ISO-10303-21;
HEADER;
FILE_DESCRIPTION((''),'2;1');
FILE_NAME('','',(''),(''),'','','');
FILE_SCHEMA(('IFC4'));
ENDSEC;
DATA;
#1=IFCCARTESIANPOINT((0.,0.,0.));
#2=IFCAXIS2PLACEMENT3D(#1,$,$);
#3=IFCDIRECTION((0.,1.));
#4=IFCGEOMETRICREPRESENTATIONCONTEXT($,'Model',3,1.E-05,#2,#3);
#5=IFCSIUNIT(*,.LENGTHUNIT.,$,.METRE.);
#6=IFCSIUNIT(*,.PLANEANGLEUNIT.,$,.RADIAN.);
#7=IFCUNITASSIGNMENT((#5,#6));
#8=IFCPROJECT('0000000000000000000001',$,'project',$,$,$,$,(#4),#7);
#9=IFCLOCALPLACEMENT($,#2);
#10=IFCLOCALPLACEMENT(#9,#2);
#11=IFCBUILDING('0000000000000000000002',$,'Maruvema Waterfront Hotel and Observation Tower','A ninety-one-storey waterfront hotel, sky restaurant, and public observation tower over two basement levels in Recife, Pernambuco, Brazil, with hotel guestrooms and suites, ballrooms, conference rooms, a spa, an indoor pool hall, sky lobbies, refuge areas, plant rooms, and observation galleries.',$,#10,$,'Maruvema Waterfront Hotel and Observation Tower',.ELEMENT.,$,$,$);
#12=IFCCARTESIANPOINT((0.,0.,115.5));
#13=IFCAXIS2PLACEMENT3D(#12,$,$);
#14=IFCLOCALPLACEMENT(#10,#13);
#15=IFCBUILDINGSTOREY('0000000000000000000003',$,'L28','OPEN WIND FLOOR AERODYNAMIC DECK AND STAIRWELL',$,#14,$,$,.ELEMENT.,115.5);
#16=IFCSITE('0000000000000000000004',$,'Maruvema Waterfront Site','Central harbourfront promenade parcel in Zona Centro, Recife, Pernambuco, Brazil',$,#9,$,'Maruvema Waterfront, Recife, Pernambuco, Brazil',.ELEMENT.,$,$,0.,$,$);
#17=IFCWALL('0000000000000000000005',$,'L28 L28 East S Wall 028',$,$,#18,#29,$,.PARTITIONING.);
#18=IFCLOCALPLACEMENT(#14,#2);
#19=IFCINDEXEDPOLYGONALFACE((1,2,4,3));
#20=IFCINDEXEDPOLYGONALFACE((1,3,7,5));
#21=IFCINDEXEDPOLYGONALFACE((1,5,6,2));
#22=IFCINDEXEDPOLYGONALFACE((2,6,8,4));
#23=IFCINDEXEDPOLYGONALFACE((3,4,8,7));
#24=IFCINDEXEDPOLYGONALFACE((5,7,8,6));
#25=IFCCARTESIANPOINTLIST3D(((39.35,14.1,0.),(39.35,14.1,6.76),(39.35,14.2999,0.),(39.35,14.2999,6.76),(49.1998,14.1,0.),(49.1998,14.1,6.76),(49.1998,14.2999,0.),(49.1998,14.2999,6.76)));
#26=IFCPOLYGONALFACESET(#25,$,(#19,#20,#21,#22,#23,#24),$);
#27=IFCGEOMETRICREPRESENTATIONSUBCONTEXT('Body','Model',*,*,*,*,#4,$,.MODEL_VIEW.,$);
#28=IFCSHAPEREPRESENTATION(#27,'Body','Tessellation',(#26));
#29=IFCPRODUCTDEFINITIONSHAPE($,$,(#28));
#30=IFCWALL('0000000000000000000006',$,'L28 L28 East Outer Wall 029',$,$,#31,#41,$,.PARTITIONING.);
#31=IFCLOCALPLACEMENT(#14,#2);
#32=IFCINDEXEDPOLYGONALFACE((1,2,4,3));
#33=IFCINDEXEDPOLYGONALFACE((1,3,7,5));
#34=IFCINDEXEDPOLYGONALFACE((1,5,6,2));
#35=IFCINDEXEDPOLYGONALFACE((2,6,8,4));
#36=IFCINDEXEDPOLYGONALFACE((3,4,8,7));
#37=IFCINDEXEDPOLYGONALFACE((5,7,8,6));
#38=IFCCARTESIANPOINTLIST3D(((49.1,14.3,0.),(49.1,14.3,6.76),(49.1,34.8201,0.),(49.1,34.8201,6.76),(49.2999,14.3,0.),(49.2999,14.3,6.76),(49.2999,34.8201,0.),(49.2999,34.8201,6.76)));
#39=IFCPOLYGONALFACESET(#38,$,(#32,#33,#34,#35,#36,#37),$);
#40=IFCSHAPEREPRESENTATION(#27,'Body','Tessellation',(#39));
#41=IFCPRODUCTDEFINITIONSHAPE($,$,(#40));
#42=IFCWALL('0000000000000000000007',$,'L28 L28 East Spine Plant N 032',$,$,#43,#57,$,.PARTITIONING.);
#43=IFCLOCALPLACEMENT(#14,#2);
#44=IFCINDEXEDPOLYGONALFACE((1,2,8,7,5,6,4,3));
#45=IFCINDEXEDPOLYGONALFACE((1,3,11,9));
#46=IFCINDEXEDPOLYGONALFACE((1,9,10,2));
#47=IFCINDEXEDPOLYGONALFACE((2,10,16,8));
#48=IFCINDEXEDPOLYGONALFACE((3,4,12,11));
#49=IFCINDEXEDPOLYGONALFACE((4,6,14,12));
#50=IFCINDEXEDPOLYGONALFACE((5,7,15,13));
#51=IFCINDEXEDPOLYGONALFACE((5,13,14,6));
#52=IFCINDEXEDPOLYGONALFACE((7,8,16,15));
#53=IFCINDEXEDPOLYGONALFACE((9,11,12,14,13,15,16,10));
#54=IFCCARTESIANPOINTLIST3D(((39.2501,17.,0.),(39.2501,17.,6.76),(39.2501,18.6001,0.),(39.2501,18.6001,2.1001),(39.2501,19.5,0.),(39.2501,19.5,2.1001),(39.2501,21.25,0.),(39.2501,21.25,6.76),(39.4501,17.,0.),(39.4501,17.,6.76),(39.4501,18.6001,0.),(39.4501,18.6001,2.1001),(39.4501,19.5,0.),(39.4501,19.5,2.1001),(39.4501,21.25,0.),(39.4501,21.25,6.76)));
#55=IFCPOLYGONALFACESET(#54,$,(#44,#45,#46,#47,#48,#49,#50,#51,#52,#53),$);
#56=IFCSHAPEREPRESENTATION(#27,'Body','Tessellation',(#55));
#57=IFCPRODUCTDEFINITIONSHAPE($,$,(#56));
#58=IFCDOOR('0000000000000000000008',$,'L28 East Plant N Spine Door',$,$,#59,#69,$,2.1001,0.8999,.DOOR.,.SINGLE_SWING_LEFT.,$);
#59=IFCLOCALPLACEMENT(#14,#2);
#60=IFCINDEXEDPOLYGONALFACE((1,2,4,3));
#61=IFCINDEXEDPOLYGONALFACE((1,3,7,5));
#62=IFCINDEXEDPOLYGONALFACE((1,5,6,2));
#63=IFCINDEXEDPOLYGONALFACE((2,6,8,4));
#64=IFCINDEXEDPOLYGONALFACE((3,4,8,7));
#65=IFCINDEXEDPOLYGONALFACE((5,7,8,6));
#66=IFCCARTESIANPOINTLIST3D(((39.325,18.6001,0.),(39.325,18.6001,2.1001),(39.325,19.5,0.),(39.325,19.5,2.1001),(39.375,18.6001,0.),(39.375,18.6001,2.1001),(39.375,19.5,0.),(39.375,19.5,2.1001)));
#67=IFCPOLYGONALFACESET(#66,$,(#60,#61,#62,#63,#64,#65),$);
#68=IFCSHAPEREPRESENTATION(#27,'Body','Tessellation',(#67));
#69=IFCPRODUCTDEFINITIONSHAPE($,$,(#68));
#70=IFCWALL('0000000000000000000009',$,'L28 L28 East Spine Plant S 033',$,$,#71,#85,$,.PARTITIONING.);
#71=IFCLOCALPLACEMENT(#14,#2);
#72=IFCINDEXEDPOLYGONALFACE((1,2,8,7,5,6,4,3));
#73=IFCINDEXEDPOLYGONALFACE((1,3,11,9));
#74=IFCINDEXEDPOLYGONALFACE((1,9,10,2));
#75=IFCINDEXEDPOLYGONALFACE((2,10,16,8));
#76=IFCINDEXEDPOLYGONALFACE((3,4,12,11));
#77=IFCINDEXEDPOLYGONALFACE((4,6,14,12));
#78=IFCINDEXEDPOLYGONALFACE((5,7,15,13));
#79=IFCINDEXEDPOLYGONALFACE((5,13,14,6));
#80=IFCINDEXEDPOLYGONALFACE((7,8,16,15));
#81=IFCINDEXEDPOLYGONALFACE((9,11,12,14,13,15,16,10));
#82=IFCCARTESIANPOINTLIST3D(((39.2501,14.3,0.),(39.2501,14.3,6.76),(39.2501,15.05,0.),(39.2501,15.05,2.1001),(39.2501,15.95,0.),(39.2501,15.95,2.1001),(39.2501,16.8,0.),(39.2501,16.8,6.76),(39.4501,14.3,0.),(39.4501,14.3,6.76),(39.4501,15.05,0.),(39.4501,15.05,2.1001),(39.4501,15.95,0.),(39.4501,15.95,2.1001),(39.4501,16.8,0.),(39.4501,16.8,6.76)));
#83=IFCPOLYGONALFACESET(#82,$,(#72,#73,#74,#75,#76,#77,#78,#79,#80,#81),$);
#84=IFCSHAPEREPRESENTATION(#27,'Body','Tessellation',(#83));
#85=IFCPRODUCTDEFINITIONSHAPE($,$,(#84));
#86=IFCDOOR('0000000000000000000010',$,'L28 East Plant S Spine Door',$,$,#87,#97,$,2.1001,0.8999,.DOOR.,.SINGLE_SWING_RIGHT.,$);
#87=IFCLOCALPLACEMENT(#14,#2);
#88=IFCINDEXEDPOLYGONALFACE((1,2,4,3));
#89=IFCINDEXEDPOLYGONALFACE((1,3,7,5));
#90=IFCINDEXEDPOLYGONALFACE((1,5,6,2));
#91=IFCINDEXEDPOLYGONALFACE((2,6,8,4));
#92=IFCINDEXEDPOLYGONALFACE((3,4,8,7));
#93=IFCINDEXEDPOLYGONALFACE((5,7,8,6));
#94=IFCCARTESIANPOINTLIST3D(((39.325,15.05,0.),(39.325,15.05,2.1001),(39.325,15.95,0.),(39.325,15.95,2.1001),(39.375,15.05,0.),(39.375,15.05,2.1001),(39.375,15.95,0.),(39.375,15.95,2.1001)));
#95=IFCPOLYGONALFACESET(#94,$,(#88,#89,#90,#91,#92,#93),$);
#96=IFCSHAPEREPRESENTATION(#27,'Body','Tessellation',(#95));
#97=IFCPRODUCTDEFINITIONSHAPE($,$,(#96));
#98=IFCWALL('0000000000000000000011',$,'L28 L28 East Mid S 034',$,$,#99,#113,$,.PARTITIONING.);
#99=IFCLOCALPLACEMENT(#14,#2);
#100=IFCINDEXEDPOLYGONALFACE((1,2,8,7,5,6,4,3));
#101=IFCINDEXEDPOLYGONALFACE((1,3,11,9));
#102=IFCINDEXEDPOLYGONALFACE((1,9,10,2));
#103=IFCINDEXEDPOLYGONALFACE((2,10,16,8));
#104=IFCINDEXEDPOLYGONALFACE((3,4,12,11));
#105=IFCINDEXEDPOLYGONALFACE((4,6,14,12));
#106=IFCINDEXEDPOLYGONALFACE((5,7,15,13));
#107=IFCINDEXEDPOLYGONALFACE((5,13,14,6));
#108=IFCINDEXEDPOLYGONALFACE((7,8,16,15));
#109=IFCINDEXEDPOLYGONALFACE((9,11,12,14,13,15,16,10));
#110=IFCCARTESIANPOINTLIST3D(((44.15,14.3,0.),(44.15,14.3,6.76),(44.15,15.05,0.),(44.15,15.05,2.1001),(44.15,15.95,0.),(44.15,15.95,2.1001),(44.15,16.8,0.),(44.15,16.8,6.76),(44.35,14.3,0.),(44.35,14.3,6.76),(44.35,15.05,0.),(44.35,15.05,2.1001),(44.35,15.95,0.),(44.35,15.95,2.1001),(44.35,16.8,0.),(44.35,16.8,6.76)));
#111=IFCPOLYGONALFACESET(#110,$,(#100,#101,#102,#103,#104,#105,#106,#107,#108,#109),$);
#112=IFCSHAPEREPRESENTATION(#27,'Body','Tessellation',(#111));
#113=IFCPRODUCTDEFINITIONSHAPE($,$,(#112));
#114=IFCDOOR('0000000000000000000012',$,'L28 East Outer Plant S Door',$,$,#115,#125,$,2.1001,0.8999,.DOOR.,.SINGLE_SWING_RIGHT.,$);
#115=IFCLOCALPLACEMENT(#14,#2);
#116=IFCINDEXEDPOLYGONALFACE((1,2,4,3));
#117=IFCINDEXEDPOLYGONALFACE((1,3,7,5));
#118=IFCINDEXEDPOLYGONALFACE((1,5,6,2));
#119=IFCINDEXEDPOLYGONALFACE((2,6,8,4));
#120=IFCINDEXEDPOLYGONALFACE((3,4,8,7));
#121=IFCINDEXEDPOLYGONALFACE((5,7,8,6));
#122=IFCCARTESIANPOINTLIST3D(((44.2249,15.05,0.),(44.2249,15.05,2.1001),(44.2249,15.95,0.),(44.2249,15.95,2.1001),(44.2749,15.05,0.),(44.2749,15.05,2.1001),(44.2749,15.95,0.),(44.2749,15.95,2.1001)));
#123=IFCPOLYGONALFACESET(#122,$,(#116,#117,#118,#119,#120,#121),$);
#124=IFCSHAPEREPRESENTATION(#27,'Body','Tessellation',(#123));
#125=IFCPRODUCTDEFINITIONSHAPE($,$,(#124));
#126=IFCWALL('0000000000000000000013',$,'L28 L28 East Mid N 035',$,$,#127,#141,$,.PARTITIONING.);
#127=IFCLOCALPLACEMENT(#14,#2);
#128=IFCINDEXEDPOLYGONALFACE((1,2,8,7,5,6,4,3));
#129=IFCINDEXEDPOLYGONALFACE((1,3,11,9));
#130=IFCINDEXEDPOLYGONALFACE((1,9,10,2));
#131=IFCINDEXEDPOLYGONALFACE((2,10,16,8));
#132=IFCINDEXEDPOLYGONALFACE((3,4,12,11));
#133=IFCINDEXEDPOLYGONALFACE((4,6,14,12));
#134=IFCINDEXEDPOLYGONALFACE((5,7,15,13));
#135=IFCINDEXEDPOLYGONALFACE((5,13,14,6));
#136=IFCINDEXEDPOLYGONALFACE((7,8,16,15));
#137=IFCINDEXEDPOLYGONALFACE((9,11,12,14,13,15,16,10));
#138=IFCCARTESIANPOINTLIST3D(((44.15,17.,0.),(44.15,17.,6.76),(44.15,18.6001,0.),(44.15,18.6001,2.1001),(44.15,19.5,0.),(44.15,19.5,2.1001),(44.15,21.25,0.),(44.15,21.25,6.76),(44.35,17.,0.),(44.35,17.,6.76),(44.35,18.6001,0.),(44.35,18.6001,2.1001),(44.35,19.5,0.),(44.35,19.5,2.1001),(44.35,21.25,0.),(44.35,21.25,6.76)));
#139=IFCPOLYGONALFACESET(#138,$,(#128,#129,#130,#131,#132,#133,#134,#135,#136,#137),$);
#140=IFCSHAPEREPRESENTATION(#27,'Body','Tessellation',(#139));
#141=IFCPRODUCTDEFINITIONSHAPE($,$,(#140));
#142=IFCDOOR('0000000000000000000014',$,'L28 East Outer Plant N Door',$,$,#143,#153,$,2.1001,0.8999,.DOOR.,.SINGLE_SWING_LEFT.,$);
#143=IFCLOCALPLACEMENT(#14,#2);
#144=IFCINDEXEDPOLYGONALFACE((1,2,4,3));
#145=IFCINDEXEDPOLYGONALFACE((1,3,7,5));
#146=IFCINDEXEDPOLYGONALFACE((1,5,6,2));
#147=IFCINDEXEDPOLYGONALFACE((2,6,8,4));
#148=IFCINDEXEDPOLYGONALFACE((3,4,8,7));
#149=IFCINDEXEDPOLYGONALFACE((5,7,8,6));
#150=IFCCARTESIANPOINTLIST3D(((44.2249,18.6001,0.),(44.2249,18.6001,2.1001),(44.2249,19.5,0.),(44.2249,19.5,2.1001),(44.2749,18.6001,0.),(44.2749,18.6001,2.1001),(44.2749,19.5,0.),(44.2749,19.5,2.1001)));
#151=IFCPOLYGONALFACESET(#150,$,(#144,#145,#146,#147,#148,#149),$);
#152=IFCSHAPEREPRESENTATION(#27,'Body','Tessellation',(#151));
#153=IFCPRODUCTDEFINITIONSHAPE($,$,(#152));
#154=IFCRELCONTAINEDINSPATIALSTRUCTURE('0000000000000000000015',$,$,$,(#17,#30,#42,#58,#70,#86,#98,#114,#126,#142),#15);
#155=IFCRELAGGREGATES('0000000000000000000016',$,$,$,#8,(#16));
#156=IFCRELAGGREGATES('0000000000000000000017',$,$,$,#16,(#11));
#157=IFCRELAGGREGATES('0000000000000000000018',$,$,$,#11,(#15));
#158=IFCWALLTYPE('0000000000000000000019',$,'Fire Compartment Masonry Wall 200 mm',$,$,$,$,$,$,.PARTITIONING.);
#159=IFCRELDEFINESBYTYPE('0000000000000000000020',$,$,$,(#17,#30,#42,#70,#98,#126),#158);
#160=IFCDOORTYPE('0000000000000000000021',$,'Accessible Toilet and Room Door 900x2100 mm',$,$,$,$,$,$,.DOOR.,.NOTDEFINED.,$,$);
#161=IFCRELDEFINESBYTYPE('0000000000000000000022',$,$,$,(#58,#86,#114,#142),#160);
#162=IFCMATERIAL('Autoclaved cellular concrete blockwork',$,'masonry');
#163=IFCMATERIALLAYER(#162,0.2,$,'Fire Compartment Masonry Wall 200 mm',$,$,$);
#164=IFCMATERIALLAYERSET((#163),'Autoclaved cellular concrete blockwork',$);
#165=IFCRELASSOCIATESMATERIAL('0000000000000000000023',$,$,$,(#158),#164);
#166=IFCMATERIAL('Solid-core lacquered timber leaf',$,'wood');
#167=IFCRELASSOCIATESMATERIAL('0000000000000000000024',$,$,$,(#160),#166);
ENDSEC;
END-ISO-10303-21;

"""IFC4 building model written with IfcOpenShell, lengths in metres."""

from ifc_helpers import new_model, si_unit, direction, frame, frame_2d, origin, place, context, subcontext, project, spatial, rectangle, extrude, material, layer, layer_set, type_object, element, fill, save


model = new_model("IFC4")

# Units and contexts
model_context = context("Model", 3, precision=1e-05, world=origin(), true_north=direction((0.0, 1.0)))
body_context = subcontext(model_context, "Body", "Model", "MODEL_VIEW")
ifc_project = project(units=[si_unit("LENGTHUNIT", "METRE"), si_unit("PLANEANGLEUNIT", "RADIAN")], contexts=[model_context])

# Site, building, storey
site_placement = place(None, origin())
site = spatial("IfcSite", under=ifc_project, at=site_placement, Name="Maruvema Waterfront Site", Description="Central harbourfront promenade parcel in Zona Centro, Recife, Pernambuco, Brazil", LongName="Maruvema Waterfront, Recife, Pernambuco, Brazil", CompositionType="ELEMENT", RefElevation=0.0)
building_placement = place(site_placement, origin())
building = spatial("IfcBuilding", under=site, at=building_placement, Name="Maruvema Waterfront Hotel and Observation Tower", Description="A ninety-one-storey waterfront hotel, sky restaurant, and public observation tower over two basement levels in Recife, Pernambuco, Brazil, with hotel guestrooms and suites, ballrooms, conference rooms, a spa, an indoor pool hall, sky lobbies, refuge areas, plant rooms, and observation galleries.", LongName="Maruvema Waterfront Hotel and Observation Tower", CompositionType="ELEMENT")
storey_placement = place(building_placement, frame((0.0, 0.0, 115.5)))
storey = spatial("IfcBuildingStorey", under=building, at=storey_placement, Name="L28", Description="OPEN WIND FLOOR AERODYNAMIC DECK AND STAIRWELL", CompositionType="ELEMENT", Elevation=115.5)

# Shared definitions
ifc_material_1 = material(Name="Autoclaved cellular concrete blockwork", Category="masonry")
ifc_layer = layer(ifc_material_1, 0.2, Name="Fire Compartment Masonry Wall 200 mm")
ifc_layer_set = layer_set([ifc_layer], Name="Autoclaved cellular concrete blockwork")
wall_type = type_object("IfcWallType", Name="Fire Compartment Masonry Wall 200 mm", PredefinedType="PARTITIONING", material=ifc_layer_set)
ifc_material_2 = material(Name="Solid-core lacquered timber leaf", Category="wood")
door_type_1 = type_object("IfcDoorType", Name="Accessible Toilet and Room Door 900x2100 mm", OperationType="NOTDEFINED", PredefinedType="DOOR", material=ifc_material_2)

# Walls
wall_1_placement = place(storey_placement, frame((39.3501, 14.2, 0.0), z_axis=(0.0, 0.0, 1.0), x_axis=(1.0, 0.0, 0.0)))
element("IfcWall", 1, at=wall_1_placement, inside=storey, type_object=wall_type, Name="L28 L28 East S Wall 028", PredefinedType="PARTITIONING", context=body_context, shape_type="SweptSolid", body=[
    extrude(rectangle(XDim=9.8499, YDim=0.2, at=frame_2d((4.9248, 0.0))), origin(), (0.0, 0.0, 1.0), 6.76),
])
wall_2_placement = place(storey_placement, frame((49.2, 14.3, 0.0), z_axis=(0.0, 0.0, 1.0), x_axis=(0.0, 1.0, 0.0)))
element("IfcWall", 2, at=wall_2_placement, inside=storey, type_object=wall_type, Name="L28 L28 East Outer Wall 029", PredefinedType="PARTITIONING", context=body_context, shape_type="SweptSolid", body=[
    extrude(rectangle(XDim=20.52, YDim=0.2, at=frame_2d((10.26, 0.0))), origin(), (0.0, 0.0, 1.0), 6.76),
])

# Walls, openings, doors
wall_3_placement = place(storey_placement, frame((39.3501, 17.0, 0.0), z_axis=(0.0, 0.0, 1.0), x_axis=(0.0, 1.0, 0.0)))
wall_3 = element("IfcWall", 3, at=wall_3_placement, inside=storey, type_object=wall_type, Name="L28 L28 East Spine Plant N 032", PredefinedType="PARTITIONING", context=body_context, shape_type="SweptSolid", body=[
    extrude(rectangle(XDim=4.25, YDim=0.2, at=frame_2d((2.125, 0.0))), origin(), (0.0, 0.0, 1.0), 6.76),
])
opening_1_placement = place(wall_3_placement, frame((1.6001, 0.0, 0.0)))
opening_1 = element("IfcOpeningElement", 4, at=opening_1_placement, cuts=wall_3, PredefinedType="OPENING", context=body_context, shape_type="SweptSolid", body=[
    extrude(rectangle(XDim=0.8999, YDim=2.1001, at=frame_2d((0.45, 1.05))), frame((0.0, 0.1099, 0.0), z_axis=(0.0, -1.0, 0.0), x_axis=(1.0, 0.0, 0.0)), (0.0, 0.0, 1.0), 0.22),
])
door_1_placement = place(opening_1_placement, frame((0.8999, 0.0, 0.0), z_axis=(0.0, 0.0, 1.0), x_axis=(-1.0, 0.0, 0.0)))
door_1 = element("IfcDoor", 5, at=door_1_placement, inside=storey, type_object=door_type_1, Name="L28 East Plant N Spine Door", OperationType="SINGLE_SWING_LEFT", OverallHeight=2.1001, OverallWidth=0.8999, PredefinedType="DOOR", context=body_context, shape_type="SweptSolid", body=[
    extrude(rectangle(XDim=0.8999, YDim=2.1001, at=frame_2d((0.45, 1.05))), frame((0.0, 0.0249, 0.0), z_axis=(0.0, -1.0, 0.0), x_axis=(1.0, 0.0, 0.0)), (0.0, 0.0, 1.0), 0.05),
])
fill(opening_1, door_1)
wall_4_placement = place(storey_placement, frame((39.3501, 14.3, 0.0), z_axis=(0.0, 0.0, 1.0), x_axis=(0.0, 1.0, 0.0)))
wall_4 = element("IfcWall", 6, at=wall_4_placement, inside=storey, type_object=wall_type, Name="L28 L28 East Spine Plant S 033", PredefinedType="PARTITIONING", context=body_context, shape_type="SweptSolid", body=[
    extrude(rectangle(XDim=2.5, YDim=0.2, at=frame_2d((1.25, 0.0))), origin(), (0.0, 0.0, 1.0), 6.76),
])
opening_2_placement = place(wall_4_placement, frame((0.75, 0.0, 0.0)))
opening_2 = element("IfcOpeningElement", 7, at=opening_2_placement, cuts=wall_4, PredefinedType="OPENING", context=body_context, shape_type="SweptSolid", body=[
    extrude(rectangle(XDim=0.8999, YDim=2.1001, at=frame_2d((0.45, 1.05))), frame((0.0, 0.1099, 0.0), z_axis=(0.0, -1.0, 0.0), x_axis=(1.0, 0.0, 0.0)), (0.0, 0.0, 1.0), 0.22),
])
door_2_placement = place(opening_2_placement, frame((0.8999, 0.0, 0.0), z_axis=(0.0, 0.0, 1.0), x_axis=(-1.0, 0.0, 0.0)))
door_2 = element("IfcDoor", 8, at=door_2_placement, inside=storey, type_object=door_type_1, Name="L28 East Plant S Spine Door", OperationType="SINGLE_SWING_RIGHT", OverallHeight=2.1001, OverallWidth=0.8999, PredefinedType="DOOR", context=body_context, shape_type="SweptSolid", body=[
    extrude(rectangle(XDim=0.8999, YDim=2.1001, at=frame_2d((0.45, 1.05))), frame((0.0, 0.0249, 0.0), z_axis=(0.0, -1.0, 0.0), x_axis=(1.0, 0.0, 0.0)), (0.0, 0.0, 1.0), 0.05),
])
fill(opening_2, door_2)
wall_5_placement = place(storey_placement, frame((44.25, 14.3, 0.0), z_axis=(0.0, 0.0, 1.0), x_axis=(0.0, 1.0, 0.0)))
wall_5 = element("IfcWall", 9, at=wall_5_placement, inside=storey, type_object=wall_type, Name="L28 L28 East Mid S 034", PredefinedType="PARTITIONING", context=body_context, shape_type="SweptSolid", body=[
    extrude(rectangle(XDim=2.5, YDim=0.2, at=frame_2d((1.25, 0.0))), origin(), (0.0, 0.0, 1.0), 6.76),
])
opening_3_placement = place(wall_5_placement, frame((0.75, 0.0, 0.0)))
opening_3 = element("IfcOpeningElement", 10, at=opening_3_placement, cuts=wall_5, PredefinedType="OPENING", context=body_context, shape_type="SweptSolid", body=[
    extrude(rectangle(XDim=0.8999, YDim=2.1001, at=frame_2d((0.45, 1.05))), frame((0.0, 0.1099, 0.0), z_axis=(0.0, -1.0, 0.0), x_axis=(1.0, 0.0, 0.0)), (0.0, 0.0, 1.0), 0.22),
])
door_3_placement = place(opening_3_placement, frame((0.8999, 0.0, 0.0), z_axis=(0.0, 0.0, 1.0), x_axis=(-1.0, 0.0, 0.0)))
door_3 = element("IfcDoor", 11, at=door_3_placement, inside=storey, type_object=door_type_1, Name="L28 East Outer Plant S Door", OperationType="SINGLE_SWING_RIGHT", OverallHeight=2.1001, OverallWidth=0.8999, PredefinedType="DOOR", context=body_context, shape_type="SweptSolid", body=[
    extrude(rectangle(XDim=0.8999, YDim=2.1001, at=frame_2d((0.45, 1.05))), frame((0.0, 0.0249, 0.0), z_axis=(0.0, -1.0, 0.0), x_axis=(1.0, 0.0, 0.0)), (0.0, 0.0, 1.0), 0.05),
])
fill(opening_3, door_3)
wall_6_placement = place(storey_placement, frame((44.25, 17.0, 0.0), z_axis=(0.0, 0.0, 1.0), x_axis=(0.0, 1.0, 0.0)))
wall_6 = element("IfcWall", 12, at=wall_6_placement, inside=storey, type_object=wall_type, Name="L28 L28 East Mid N 035", PredefinedType="PARTITIONING", context=body_context, shape_type="SweptSolid", body=[
    extrude(rectangle(XDim=4.25, YDim=0.2, at=frame_2d((2.125, 0.0))), origin(), (0.0, 0.0, 1.0), 6.76),
])
opening_4_placement = place(wall_6_placement, frame((1.6001, 0.0, 0.0)))
opening_4 = element("IfcOpeningElement", 13, at=opening_4_placement, cuts=wall_6, PredefinedType="OPENING", context=body_context, shape_type="SweptSolid", body=[
    extrude(rectangle(XDim=0.8999, YDim=2.1001, at=frame_2d((0.45, 1.05))), frame((0.0, 0.1099, 0.0), z_axis=(0.0, -1.0, 0.0), x_axis=(1.0, 0.0, 0.0)), (0.0, 0.0, 1.0), 0.22),
])
door_4_placement = place(opening_4_placement, frame((0.8999, 0.0, 0.0), z_axis=(0.0, 0.0, 1.0), x_axis=(-1.0, 0.0, 0.0)))
door_4 = element("IfcDoor", 14, at=door_4_placement, inside=storey, type_object=door_type_1, Name="L28 East Outer Plant N Door", OperationType="SINGLE_SWING_LEFT", OverallHeight=2.1001, OverallWidth=0.8999, PredefinedType="DOOR", context=body_context, shape_type="SweptSolid", body=[
    extrude(rectangle(XDim=0.8999, YDim=2.1001, at=frame_2d((0.45, 1.05))), frame((0.0, 0.0249, 0.0), z_axis=(0.0, -1.0, 0.0), x_axis=(1.0, 0.0, 0.0)), (0.0, 0.0, 1.0), 0.05),
])
fill(opening_4, door_4)

save(model, "model.ifc")
